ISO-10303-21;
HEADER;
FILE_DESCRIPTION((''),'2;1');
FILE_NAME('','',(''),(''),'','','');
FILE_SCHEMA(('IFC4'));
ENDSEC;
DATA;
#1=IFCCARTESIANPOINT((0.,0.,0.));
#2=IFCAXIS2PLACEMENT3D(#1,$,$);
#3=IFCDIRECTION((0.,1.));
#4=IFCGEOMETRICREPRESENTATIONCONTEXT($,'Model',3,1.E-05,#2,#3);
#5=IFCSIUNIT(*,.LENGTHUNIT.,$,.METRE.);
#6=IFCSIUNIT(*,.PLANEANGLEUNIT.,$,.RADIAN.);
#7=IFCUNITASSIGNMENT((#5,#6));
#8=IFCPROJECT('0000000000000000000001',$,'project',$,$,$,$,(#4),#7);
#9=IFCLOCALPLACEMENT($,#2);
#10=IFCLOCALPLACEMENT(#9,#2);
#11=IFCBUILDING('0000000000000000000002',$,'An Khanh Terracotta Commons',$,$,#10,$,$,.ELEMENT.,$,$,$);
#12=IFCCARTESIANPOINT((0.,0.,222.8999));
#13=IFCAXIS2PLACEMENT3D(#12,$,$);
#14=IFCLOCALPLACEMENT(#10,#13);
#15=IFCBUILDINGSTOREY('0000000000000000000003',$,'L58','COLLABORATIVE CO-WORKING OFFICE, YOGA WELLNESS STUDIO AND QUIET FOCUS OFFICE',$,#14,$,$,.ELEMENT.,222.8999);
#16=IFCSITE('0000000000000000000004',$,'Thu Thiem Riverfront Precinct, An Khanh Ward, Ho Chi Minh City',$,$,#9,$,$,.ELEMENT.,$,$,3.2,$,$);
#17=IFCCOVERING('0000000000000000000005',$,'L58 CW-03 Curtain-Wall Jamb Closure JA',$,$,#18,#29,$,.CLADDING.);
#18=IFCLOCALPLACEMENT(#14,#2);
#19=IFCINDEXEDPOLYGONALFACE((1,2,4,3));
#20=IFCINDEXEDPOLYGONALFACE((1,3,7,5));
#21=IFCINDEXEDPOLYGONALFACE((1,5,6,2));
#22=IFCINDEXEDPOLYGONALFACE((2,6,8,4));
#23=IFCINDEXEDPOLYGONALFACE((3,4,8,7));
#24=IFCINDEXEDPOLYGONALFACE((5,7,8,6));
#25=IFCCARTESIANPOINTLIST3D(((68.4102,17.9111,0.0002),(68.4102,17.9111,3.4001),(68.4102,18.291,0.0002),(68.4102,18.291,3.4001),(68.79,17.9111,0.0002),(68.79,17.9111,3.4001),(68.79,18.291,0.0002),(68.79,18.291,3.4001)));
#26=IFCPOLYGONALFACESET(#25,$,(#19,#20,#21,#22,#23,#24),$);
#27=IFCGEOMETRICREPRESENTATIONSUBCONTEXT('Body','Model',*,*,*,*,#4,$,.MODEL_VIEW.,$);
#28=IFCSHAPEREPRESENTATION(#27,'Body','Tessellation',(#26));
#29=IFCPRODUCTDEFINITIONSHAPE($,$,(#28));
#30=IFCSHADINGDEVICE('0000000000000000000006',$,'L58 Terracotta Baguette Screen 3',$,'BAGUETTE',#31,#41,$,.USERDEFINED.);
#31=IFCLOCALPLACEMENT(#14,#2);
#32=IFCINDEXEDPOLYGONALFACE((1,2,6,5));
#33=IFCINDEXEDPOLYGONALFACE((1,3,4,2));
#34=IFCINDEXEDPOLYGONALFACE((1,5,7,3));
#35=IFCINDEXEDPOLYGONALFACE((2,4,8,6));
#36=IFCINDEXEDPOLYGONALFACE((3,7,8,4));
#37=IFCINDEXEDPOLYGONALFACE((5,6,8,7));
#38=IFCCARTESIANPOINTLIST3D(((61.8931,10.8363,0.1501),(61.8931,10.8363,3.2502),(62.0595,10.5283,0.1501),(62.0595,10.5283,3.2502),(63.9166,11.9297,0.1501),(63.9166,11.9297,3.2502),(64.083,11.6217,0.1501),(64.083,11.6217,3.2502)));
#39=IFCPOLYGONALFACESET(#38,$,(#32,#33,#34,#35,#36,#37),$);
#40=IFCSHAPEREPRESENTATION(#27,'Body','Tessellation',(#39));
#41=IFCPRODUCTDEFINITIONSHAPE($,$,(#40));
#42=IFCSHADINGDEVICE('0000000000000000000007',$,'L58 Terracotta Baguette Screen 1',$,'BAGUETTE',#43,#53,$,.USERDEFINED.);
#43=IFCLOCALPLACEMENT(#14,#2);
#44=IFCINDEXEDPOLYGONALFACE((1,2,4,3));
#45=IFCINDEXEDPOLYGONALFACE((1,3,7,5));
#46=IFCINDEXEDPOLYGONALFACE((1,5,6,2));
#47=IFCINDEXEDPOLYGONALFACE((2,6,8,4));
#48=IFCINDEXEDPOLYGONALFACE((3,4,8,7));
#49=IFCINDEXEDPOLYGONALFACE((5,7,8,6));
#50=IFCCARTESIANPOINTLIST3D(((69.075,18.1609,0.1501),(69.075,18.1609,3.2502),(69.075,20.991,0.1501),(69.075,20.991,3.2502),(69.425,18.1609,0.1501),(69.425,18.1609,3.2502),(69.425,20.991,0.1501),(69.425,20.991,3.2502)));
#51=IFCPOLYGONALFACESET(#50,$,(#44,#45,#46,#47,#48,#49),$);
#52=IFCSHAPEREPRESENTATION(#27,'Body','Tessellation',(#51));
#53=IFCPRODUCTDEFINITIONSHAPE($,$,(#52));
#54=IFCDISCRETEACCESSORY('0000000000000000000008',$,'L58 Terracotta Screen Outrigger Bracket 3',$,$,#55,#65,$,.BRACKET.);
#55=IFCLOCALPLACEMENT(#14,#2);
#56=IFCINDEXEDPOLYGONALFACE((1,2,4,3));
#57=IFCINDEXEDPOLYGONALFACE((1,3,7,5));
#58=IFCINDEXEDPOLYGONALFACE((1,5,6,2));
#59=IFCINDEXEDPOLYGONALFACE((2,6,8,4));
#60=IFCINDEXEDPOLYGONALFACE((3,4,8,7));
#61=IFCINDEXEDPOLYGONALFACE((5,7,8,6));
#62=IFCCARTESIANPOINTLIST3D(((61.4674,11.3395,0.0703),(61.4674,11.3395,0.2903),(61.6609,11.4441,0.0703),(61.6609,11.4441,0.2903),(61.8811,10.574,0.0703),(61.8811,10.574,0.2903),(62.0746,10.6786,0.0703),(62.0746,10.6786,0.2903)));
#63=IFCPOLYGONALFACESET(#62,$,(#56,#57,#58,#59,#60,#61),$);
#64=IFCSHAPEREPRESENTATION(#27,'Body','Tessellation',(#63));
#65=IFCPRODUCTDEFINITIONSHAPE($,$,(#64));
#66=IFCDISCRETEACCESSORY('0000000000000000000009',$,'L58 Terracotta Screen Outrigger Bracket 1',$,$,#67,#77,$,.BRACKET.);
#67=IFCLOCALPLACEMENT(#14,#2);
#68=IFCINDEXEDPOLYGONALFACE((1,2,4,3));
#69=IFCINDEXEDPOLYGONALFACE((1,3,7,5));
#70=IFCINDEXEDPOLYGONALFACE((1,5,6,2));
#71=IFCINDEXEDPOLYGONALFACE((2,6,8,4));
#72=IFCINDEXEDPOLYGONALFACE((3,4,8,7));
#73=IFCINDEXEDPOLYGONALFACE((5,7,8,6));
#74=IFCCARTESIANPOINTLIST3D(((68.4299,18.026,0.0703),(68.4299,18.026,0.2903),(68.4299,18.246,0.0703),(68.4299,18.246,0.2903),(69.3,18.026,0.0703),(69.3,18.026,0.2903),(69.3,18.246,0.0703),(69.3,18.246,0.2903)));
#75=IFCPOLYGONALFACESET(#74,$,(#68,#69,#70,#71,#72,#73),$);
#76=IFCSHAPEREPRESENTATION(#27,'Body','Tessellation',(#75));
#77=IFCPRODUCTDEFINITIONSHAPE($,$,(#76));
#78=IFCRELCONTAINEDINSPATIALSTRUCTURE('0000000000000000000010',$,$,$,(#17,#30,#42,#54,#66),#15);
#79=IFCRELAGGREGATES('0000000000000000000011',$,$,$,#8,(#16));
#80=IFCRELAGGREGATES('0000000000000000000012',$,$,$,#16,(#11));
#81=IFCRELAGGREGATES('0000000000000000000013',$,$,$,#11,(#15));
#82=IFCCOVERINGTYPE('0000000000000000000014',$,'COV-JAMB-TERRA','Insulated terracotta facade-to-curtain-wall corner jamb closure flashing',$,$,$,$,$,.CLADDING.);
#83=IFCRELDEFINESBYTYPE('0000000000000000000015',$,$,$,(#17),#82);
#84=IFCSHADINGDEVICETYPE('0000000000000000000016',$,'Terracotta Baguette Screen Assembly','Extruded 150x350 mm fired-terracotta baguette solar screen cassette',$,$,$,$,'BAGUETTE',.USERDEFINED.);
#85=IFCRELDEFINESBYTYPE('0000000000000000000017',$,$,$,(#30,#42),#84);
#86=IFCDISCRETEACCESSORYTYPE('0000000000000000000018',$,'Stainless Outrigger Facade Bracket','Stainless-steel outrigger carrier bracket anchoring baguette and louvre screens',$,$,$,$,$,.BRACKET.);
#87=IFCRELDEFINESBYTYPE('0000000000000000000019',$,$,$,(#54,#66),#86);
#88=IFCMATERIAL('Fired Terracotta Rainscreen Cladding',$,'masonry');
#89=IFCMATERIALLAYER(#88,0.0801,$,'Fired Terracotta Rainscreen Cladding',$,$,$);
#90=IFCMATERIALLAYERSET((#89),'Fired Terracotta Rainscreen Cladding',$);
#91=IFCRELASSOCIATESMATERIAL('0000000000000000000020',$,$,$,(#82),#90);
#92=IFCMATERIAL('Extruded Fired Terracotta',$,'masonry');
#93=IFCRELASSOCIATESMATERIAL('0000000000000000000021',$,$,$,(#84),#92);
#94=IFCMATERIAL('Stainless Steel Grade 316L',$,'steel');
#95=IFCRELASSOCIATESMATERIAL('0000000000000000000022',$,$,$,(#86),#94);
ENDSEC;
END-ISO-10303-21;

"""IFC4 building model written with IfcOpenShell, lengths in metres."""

from ifc_helpers import new_model, si_unit, direction, frame, origin, origin_2d, place, context, subcontext, project, spatial, rectangle, extrude, material, layer, layer_set, type_object, element, save


model = new_model("IFC4")

# Units and contexts
model_context = context("Model", 3, precision=1e-05, world=origin(), true_north=direction((0.0, 1.0)))
body_context = subcontext(model_context, "Body", "Model", "MODEL_VIEW")
ifc_project = project(units=[si_unit("LENGTHUNIT", "METRE"), si_unit("PLANEANGLEUNIT", "RADIAN")], contexts=[model_context])

# Site, building, storey
site_placement = place(None, origin())
site = spatial("IfcSite", under=ifc_project, at=site_placement, Name="Thu Thiem Riverfront Precinct, An Khanh Ward, Ho Chi Minh City", CompositionType="ELEMENT", RefElevation=3.2)
building_placement = place(site_placement, origin())
building = spatial("IfcBuilding", under=site, at=building_placement, Name="An Khanh Terracotta Commons", CompositionType="ELEMENT")
storey_placement = place(building_placement, frame((0.0, 0.0, 222.8999)))
storey = spatial("IfcBuildingStorey", under=building, at=storey_placement, Name="L58", Description="COLLABORATIVE CO-WORKING OFFICE, YOGA WELLNESS STUDIO AND QUIET FOCUS OFFICE", CompositionType="ELEMENT", Elevation=222.8999)

# Covering
ifc_material_1 = material(Name="Fired Terracotta Rainscreen Cladding", Category="masonry")
ifc_layer_1 = layer(ifc_material_1, 0.0801, Name="Fired Terracotta Rainscreen Cladding")
ifc_layer_set_1 = layer_set([ifc_layer_1], Name="Fired Terracotta Rainscreen Cladding")
covering_type = type_object("IfcCoveringType", Name="COV-JAMB-TERRA", Description="Insulated terracotta facade-to-curtain-wall corner jamb closure flashing", PredefinedType="CLADDING", material=ifc_layer_set_1)
for number, where, z_axis, x_axis, name in (
    (1, (68.6001, 18.1011, 0.0002), (0.0, 0.0, 1.0), (1.0, 0.0, 0.0), "L58 CW-03 Curtain-Wall Jamb Closure JA"),
):
    element("IfcCovering", number, at=place(storey_placement, frame(where, z_axis=z_axis, x_axis=x_axis)), inside=storey, type_object=covering_type, Name=name, PredefinedType="CLADDING", context=body_context, shape_type="SweptSolid", body=[
        extrude(rectangle(XDim=0.3799, YDim=0.3799, at=origin_2d()), origin(), (0.0, 0.0, 1.0), 3.3999),
    ])

# Shading devices
ifc_material_2 = material(Name="Extruded Fired Terracotta", Category="masonry")
shading_device_type = type_object("IfcShadingDeviceType", Name="Terracotta Baguette Screen Assembly", Description="Extruded 150x350 mm fired-terracotta baguette solar screen cassette", ElementType="BAGUETTE", PredefinedType="USERDEFINED", material=ifc_material_2)
shading_device_1_placement = place(storey_placement, frame((62.988, 11.229, 0.1501), z_axis=(0.0, 0.0, 1.0), x_axis=(0.87978, 0.475381, 0.0)))
element("IfcShadingDevice", 2, at=shading_device_1_placement, inside=storey, type_object=shading_device_type, Name="L58 Terracotta Baguette Screen 3", ObjectType="BAGUETTE", PredefinedType="USERDEFINED", context=body_context, shape_type="SweptSolid", body=[
    extrude(rectangle(XDim=2.3, YDim=0.3501, at=origin_2d()), origin(), (0.0, 0.0, 1.0), 3.1001),
])
shading_device_2_placement = place(storey_placement, frame((69.25, 19.5759, 0.1501), z_axis=(0.0, 0.0, 1.0), x_axis=(0.0, 1.0, 0.0)))
element("IfcShadingDevice", 3, at=shading_device_2_placement, inside=storey, type_object=shading_device_type, Name="L58 Terracotta Baguette Screen 1", ObjectType="BAGUETTE", PredefinedType="USERDEFINED", context=body_context, shape_type="SweptSolid", body=[
    extrude(rectangle(XDim=2.8301, YDim=0.3501, at=origin_2d()), origin(), (0.0, 0.0, 1.0), 3.1001),
])

# Discrete accessories
ifc_material_3 = material(Name="Stainless Steel Grade 316L", Category="steel")
discrete_accessory_type = type_object("IfcDiscreteAccessoryType", Name="Stainless Outrigger Facade Bracket", Description="Stainless-steel outrigger carrier bracket anchoring baguette and louvre screens", PredefinedType="BRACKET", material=ifc_material_3)
for number, where, z_axis, x_axis, name in (
    (4, (61.771, 11.009, 0.0703), (0.0, 0.0, 1.0), (0.87978, 0.475381, 0.0), "L58 Terracotta Screen Outrigger Bracket 3"),
    (5, (68.865, 18.136, 0.0703), (0.0, 0.0, 1.0), (0.0, 1.0, 0.0), "L58 Terracotta Screen Outrigger Bracket 1"),
):
    element("IfcDiscreteAccessory", number, at=place(storey_placement, frame(where, z_axis=z_axis, x_axis=x_axis)), inside=storey, type_object=discrete_accessory_type, Name=name, PredefinedType="BRACKET", context=body_context, shape_type="SweptSolid", body=[
        extrude(rectangle(XDim=0.22, YDim=0.8701, at=origin_2d()), origin(), (0.0, 0.0, 1.0), 0.22),
    ])

save(model, "model.ifc")
